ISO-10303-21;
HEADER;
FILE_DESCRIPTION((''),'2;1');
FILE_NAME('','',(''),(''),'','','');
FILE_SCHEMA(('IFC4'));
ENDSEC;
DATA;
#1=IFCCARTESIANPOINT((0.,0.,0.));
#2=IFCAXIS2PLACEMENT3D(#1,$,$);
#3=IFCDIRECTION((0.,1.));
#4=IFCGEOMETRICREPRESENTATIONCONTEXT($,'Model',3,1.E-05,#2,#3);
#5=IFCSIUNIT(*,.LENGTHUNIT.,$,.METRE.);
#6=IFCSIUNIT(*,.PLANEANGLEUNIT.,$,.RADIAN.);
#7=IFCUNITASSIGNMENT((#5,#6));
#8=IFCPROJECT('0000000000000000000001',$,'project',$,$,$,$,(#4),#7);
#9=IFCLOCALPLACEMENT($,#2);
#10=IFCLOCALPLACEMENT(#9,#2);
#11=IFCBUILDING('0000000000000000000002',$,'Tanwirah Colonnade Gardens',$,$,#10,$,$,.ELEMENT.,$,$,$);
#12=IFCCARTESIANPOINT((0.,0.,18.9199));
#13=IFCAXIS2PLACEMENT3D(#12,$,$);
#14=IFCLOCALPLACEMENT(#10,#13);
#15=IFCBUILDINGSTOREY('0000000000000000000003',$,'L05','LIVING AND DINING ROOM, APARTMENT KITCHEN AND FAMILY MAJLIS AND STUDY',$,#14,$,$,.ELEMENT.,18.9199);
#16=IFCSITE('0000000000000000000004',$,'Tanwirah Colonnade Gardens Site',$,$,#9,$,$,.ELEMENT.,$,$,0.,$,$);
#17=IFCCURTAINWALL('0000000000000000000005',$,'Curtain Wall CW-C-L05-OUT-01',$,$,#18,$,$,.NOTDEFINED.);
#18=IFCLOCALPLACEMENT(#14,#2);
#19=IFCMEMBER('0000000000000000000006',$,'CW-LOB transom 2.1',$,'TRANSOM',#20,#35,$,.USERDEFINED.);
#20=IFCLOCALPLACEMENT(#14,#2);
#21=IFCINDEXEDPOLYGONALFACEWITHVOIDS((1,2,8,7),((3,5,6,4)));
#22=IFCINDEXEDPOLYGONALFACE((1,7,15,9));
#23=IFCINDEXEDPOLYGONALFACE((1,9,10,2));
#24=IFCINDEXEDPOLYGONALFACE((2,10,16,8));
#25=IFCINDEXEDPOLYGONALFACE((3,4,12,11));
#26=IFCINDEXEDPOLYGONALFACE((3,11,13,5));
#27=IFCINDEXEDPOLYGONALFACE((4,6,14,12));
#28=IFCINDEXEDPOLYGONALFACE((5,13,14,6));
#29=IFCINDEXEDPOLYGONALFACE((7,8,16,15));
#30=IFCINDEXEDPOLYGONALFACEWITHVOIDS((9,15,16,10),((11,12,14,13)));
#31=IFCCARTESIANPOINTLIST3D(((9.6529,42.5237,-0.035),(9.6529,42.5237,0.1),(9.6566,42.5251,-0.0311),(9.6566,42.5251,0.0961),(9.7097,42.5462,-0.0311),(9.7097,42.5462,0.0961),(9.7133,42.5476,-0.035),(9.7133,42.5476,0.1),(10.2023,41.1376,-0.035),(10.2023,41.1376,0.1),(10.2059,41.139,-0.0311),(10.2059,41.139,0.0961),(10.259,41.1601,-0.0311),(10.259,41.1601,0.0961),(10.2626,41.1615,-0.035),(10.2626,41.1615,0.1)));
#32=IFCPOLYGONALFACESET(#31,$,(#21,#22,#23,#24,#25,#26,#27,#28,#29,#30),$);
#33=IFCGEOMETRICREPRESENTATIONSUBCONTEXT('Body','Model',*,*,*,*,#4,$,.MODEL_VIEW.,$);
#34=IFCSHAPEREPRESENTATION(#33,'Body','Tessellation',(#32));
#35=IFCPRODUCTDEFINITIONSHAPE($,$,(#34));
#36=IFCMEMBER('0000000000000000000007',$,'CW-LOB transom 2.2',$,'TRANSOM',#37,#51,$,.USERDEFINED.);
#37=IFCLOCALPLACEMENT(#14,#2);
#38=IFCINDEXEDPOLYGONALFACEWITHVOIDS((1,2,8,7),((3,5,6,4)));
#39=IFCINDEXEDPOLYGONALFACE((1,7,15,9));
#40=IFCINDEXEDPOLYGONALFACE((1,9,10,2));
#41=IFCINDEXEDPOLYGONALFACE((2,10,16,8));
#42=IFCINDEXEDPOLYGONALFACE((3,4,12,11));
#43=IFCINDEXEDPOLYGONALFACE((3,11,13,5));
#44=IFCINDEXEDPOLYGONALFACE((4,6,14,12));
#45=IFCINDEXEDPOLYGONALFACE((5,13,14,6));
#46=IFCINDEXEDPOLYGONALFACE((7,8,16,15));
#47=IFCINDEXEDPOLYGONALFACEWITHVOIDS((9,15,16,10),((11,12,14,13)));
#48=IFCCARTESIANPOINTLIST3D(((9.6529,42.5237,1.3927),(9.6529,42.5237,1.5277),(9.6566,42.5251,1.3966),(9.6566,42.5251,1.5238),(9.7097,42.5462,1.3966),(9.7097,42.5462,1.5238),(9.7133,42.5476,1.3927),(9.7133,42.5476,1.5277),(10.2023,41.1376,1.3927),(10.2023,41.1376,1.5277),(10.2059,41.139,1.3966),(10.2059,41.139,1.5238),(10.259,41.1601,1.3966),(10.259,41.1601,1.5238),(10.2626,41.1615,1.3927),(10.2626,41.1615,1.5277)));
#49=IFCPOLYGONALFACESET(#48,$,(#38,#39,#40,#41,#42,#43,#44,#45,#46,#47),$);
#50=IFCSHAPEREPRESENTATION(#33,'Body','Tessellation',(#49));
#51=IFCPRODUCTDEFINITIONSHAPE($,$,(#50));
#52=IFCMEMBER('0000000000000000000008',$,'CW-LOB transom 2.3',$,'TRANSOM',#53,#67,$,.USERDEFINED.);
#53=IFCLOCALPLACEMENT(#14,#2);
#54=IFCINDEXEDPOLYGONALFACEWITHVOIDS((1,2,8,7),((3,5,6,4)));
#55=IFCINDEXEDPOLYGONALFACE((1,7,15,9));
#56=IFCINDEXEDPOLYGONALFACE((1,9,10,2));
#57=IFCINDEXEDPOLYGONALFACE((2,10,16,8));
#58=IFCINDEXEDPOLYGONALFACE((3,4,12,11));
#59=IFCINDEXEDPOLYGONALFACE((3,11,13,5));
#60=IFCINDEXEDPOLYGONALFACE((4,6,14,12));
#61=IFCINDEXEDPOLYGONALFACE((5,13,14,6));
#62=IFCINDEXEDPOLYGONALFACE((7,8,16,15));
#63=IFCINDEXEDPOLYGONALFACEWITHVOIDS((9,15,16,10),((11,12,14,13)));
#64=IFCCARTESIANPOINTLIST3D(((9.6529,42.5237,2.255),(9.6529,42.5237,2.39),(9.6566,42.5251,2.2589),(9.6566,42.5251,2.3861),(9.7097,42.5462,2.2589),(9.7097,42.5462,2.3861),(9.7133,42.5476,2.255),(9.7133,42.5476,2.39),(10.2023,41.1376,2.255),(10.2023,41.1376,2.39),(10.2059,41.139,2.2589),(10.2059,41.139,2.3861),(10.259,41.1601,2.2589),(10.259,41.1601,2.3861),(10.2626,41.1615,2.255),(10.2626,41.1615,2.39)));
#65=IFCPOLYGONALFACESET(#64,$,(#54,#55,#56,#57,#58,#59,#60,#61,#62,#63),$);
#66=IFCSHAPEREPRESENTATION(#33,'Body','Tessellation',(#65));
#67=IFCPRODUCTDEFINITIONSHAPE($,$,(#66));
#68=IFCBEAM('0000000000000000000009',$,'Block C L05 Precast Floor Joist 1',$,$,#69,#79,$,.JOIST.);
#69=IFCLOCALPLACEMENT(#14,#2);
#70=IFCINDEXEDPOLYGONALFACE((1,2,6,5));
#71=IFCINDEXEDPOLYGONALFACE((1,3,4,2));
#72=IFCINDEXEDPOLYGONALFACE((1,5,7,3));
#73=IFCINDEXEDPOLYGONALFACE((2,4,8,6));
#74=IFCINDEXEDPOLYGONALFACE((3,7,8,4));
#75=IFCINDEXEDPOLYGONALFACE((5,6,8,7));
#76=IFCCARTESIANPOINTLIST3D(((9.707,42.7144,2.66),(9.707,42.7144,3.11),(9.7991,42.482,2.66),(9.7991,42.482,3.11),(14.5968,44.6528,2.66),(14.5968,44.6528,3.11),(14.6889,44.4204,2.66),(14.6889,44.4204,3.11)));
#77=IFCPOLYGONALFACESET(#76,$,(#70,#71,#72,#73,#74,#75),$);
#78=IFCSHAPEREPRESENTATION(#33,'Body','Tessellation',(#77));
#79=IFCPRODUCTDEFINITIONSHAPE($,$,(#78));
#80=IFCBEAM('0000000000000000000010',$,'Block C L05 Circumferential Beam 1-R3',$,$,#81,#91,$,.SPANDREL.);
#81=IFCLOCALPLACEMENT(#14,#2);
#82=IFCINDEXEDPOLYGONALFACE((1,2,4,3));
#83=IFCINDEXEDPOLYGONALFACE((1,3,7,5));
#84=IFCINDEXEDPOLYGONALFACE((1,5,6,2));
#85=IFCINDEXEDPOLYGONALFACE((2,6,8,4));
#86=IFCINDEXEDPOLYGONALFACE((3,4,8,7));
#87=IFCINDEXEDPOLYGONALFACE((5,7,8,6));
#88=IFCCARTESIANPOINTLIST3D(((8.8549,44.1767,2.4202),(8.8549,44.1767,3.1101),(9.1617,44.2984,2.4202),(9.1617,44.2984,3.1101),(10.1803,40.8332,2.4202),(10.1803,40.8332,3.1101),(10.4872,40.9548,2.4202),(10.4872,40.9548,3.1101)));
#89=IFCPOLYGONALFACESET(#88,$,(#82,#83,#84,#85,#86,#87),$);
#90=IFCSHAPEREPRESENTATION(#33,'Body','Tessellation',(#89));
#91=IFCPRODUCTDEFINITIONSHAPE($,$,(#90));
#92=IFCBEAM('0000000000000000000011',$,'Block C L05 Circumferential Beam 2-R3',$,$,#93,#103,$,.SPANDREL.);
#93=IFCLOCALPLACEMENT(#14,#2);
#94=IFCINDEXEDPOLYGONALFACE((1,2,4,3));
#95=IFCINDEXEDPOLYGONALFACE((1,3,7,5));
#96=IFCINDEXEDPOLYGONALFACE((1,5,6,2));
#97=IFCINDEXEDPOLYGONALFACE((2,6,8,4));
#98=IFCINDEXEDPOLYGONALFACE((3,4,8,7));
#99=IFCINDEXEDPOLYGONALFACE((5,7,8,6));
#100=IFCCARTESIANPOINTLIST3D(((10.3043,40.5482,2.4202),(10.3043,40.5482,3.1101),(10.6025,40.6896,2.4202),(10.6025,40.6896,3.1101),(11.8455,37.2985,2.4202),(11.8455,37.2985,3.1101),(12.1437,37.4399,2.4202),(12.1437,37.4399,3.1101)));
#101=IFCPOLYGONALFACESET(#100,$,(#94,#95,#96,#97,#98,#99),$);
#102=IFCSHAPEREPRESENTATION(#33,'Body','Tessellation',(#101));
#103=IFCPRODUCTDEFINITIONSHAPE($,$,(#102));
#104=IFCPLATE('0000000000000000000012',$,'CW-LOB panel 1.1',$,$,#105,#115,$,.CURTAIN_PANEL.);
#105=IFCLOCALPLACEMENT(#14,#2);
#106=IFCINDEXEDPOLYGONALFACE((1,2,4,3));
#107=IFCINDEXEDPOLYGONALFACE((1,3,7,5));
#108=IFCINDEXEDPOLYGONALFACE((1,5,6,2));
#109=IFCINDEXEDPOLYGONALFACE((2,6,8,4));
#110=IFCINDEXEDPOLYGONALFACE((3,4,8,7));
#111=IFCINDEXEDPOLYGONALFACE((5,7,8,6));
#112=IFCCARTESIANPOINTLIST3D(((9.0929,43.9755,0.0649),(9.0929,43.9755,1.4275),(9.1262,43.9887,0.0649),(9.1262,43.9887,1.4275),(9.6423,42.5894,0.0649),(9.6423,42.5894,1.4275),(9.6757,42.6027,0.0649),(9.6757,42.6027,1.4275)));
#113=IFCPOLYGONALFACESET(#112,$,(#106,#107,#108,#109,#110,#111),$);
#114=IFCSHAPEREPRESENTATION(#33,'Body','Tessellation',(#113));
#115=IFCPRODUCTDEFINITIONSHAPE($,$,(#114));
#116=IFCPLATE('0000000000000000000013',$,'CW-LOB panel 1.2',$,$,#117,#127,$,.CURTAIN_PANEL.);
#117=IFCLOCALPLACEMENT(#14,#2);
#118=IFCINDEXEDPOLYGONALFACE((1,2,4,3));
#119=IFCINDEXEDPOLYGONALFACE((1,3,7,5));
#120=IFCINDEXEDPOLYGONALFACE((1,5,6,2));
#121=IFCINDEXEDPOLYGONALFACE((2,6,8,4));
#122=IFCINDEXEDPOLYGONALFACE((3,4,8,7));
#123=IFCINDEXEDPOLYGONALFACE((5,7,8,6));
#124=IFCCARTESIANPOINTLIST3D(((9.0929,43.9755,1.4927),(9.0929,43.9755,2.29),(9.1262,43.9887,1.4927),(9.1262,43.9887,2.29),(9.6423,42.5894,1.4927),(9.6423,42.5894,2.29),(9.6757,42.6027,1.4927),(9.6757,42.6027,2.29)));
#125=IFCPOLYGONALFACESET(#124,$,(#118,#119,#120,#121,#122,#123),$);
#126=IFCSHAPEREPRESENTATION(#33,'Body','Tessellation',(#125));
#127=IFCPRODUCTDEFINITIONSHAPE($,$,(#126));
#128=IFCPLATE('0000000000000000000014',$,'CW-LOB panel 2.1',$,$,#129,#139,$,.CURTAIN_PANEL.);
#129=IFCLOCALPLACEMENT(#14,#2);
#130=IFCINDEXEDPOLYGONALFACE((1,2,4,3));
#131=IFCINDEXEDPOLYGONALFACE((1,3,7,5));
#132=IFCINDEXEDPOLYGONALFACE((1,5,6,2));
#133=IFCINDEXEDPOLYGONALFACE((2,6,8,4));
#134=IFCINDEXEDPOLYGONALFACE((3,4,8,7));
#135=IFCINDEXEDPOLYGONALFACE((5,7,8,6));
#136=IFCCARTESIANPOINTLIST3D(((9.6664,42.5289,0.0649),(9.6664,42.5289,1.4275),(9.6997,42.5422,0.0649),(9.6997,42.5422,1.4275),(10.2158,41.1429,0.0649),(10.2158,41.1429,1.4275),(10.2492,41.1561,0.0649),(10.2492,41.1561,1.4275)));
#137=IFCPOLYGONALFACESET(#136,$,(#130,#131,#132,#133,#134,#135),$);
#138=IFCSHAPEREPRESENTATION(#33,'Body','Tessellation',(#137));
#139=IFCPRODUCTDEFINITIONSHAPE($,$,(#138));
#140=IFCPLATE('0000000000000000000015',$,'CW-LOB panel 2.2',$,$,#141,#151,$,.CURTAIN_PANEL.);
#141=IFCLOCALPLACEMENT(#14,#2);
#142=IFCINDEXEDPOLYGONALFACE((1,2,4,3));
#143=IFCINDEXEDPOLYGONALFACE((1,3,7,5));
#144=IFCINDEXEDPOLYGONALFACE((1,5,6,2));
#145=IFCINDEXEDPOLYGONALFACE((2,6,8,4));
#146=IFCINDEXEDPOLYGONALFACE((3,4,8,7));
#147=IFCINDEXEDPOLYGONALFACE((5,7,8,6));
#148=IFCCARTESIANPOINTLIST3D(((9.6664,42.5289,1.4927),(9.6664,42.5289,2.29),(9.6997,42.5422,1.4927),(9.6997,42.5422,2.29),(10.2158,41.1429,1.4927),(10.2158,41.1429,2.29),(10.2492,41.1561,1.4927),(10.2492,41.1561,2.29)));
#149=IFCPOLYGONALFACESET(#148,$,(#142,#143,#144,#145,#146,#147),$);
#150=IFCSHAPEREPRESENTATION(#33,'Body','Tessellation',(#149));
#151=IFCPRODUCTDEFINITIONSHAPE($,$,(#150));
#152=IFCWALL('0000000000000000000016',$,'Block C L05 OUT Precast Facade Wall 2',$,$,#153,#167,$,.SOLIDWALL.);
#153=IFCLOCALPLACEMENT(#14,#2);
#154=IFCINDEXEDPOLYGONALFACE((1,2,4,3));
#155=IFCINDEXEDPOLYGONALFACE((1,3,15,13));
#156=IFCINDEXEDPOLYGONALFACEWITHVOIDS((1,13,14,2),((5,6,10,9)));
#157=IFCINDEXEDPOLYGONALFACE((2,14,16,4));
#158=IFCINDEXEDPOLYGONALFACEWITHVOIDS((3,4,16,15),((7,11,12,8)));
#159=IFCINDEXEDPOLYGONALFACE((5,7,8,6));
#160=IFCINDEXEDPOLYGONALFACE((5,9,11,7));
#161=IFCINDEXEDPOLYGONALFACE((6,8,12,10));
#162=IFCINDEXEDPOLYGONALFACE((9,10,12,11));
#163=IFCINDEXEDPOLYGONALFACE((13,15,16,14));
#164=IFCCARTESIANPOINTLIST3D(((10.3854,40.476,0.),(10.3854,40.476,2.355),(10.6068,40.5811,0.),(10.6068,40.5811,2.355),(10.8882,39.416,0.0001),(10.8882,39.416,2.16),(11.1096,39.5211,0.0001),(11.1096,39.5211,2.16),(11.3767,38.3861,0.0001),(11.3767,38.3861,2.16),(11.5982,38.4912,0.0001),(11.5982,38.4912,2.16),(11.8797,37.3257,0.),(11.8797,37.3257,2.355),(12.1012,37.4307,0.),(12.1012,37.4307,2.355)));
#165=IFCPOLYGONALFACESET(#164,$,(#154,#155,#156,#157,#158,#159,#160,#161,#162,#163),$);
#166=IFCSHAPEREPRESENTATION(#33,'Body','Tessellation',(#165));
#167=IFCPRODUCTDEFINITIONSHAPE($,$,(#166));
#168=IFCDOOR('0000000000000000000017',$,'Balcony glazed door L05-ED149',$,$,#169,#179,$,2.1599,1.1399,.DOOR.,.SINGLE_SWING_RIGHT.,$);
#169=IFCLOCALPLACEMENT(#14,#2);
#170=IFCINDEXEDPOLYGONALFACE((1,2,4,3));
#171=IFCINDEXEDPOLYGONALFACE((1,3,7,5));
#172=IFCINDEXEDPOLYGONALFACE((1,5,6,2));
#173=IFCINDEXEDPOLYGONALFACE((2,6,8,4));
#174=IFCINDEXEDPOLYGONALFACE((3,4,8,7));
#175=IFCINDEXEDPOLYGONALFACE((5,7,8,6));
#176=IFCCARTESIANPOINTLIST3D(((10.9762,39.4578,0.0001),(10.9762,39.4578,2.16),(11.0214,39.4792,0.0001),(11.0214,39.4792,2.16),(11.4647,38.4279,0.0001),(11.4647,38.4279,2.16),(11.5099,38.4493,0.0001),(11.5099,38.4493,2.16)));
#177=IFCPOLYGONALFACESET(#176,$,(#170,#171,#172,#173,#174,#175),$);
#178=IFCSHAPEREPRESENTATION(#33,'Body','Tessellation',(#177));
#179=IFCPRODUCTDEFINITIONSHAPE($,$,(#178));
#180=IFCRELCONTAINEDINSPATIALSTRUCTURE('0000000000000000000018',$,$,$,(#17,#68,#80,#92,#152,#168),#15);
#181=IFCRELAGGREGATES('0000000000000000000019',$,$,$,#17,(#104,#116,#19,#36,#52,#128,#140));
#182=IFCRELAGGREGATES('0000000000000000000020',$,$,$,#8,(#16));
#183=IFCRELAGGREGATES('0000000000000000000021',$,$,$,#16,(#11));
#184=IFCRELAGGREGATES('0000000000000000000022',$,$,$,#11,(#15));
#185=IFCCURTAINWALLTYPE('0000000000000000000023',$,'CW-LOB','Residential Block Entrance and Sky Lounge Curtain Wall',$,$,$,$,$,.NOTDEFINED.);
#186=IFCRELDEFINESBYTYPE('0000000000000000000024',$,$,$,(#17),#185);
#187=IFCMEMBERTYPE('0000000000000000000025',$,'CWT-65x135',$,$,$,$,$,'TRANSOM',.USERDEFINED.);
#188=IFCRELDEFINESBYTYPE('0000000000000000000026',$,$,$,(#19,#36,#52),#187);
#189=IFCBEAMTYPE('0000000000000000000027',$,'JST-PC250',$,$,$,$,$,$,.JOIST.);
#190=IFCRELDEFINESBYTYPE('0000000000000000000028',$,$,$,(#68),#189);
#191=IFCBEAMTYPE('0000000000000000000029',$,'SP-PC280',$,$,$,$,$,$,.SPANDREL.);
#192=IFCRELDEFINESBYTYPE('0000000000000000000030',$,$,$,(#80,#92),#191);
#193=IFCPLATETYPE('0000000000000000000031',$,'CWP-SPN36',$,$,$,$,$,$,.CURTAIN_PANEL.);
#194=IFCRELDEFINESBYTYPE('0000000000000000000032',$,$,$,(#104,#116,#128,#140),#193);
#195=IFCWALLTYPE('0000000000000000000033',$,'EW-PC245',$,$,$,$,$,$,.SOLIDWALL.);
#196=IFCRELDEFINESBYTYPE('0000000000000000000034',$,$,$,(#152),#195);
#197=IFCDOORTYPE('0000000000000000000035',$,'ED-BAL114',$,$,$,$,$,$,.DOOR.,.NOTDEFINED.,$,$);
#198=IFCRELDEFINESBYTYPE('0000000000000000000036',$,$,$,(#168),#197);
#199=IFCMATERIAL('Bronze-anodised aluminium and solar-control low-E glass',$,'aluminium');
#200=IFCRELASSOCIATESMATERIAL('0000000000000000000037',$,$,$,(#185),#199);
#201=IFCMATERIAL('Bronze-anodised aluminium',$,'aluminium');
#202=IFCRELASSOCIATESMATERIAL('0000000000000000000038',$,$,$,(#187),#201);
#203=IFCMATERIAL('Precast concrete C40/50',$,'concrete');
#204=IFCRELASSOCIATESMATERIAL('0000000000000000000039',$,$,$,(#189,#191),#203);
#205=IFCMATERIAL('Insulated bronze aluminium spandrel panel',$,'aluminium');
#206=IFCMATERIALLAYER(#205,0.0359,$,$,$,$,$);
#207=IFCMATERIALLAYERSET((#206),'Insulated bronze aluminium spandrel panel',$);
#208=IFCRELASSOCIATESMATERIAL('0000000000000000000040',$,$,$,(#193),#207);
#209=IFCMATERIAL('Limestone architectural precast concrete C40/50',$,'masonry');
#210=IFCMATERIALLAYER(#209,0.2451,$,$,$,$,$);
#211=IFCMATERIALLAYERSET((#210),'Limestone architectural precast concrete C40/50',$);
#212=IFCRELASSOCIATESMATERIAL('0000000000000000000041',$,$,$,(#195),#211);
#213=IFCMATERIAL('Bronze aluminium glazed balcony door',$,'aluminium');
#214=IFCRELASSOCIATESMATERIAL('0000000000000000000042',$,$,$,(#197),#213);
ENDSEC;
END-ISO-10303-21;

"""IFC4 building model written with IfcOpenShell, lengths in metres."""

from ifc_helpers import new_model, si_unit, direction, frame, frame_2d, origin, origin_2d, place, context, subcontext, project, spatial, rectangle, hollow_rectangle, extrude, material, layer, layer_set, material_profile, profile_set, type_object, element, fill, aggregate, save


model = new_model("IFC4")

# Units and contexts
model_context = context("Model", 3, precision=1e-05, world=origin(), true_north=direction((0.0, 1.0)))
body_context = subcontext(model_context, "Body", "Model", "MODEL_VIEW")
ifc_project = project(units=[si_unit("LENGTHUNIT", "METRE"), si_unit("PLANEANGLEUNIT", "RADIAN")], contexts=[model_context])

# Site, building, storey
site_placement = place(None, origin())
site = spatial("IfcSite", under=ifc_project, at=site_placement, Name="Tanwirah Colonnade Gardens Site", CompositionType="ELEMENT", RefElevation=0.0)
building_placement = place(site_placement, origin())
building = spatial("IfcBuilding", under=site, at=building_placement, Name="Tanwirah Colonnade Gardens", CompositionType="ELEMENT")
storey_placement = place(building_placement, frame((0.0, 0.0, 18.9199)))
storey = spatial("IfcBuildingStorey", under=building, at=storey_placement, Name="L05", Description="LIVING AND DINING ROOM, APARTMENT KITCHEN AND FAMILY MAJLIS AND STUDY", CompositionType="ELEMENT", Elevation=18.9199)

# Shared definitions
ifc_material_1 = material(Name="Precast concrete C40/50", Category="concrete")

# Curtain wall, members
ifc_material_2 = material(Name="Bronze-anodised aluminium and solar-control low-E glass", Category="aluminium")
curtain_wall_type = type_object("IfcCurtainWallType", Name="CW-LOB", Description="Residential Block Entrance and Sky Lounge Curtain Wall", PredefinedType="NOTDEFINED", material=ifc_material_2)
curtain_wall_placement = place(storey_placement, origin())
curtain_wall = element("IfcCurtainWall", 1, at=curtain_wall_placement, inside=storey, type_object=curtain_wall_type, Name="Curtain Wall CW-C-L05-OUT-01", PredefinedType="NOTDEFINED")
ifc_material_3 = material(Name="Bronze-anodised aluminium", Category="aluminium")
ifc_material_profile_1 = material_profile(ifc_material_3, hollow_rectangle(XDim=0.0649, YDim=0.135, WallThickness=0.0039, at=origin_2d()), Name="CW-TRN 65x135x4")
ifc_profile_set_1 = profile_set([ifc_material_profile_1], Name="Bronze-anodised aluminium")
member_type_1 = type_object("IfcMemberType", Name="CWT-65x135", ElementType="TRANSOM", PredefinedType="USERDEFINED", material=ifc_profile_set_1)
member_1_placement = place(storey_placement, frame((9.6831, 42.5356, 0.0325), z_axis=(0.368452, -0.929647, 0.0), x_axis=(0.929647, 0.368452, 0.0)))
member_1 = element("IfcMember", 2, at=member_1_placement, type_object=member_type_1, Name="CW-LOB transom 2.1", ObjectType="TRANSOM", PredefinedType="USERDEFINED", context=body_context, shape_type="SweptSolid", body=[
    extrude(hollow_rectangle(XDim=0.0649, YDim=0.135, WallThickness=0.0039, at=origin_2d()), origin(), (0.0, 0.0, 1.0), 1.491),
])
member_2_placement = place(storey_placement, frame((9.6831, 42.5356, 1.4602), z_axis=(0.368452, -0.929647, 0.0), x_axis=(0.929647, 0.368452, 0.0)))
member_2 = element("IfcMember", 3, at=member_2_placement, type_object=member_type_1, Name="CW-LOB transom 2.2", ObjectType="TRANSOM", PredefinedType="USERDEFINED", context=body_context, shape_type="SweptSolid", body=[
    extrude(hollow_rectangle(XDim=0.0649, YDim=0.135, WallThickness=0.0039, at=origin_2d()), origin(), (0.0, 0.0, 1.0), 1.491),
])
member_3_placement = place(storey_placement, frame((9.6831, 42.5356, 2.3225), z_axis=(0.368452, -0.929647, 0.0), x_axis=(0.929647, 0.368452, 0.0)))
member_3 = element("IfcMember", 4, at=member_3_placement, type_object=member_type_1, Name="CW-LOB transom 2.3", ObjectType="TRANSOM", PredefinedType="USERDEFINED", context=body_context, shape_type="SweptSolid", body=[
    extrude(hollow_rectangle(XDim=0.0649, YDim=0.135, WallThickness=0.0039, at=origin_2d()), origin(), (0.0, 0.0, 1.0), 1.491),
])

# Beams
ifc_material_profile_2 = material_profile(ifc_material_1, rectangle(XDim=0.25, YDim=0.45, at=origin_2d()), Name="PC-JST 250x450")
ifc_profile_set_2 = profile_set([ifc_material_profile_2], Name="Precast concrete C40/50")
beam_type_1 = type_object("IfcBeamType", Name="JST-PC250", PredefinedType="JOIST", material=ifc_profile_set_2)
beam_1_placement = place(storey_placement, frame((14.6428, 44.5366, 2.885), z_axis=(-0.929618, -0.368524, 0.0), x_axis=(0.368524, -0.929618, 0.0)))
element("IfcBeam", 5, at=beam_1_placement, inside=storey, type_object=beam_type_1, Name="Block C L05 Precast Floor Joist 1", PredefinedType="JOIST", context=body_context, shape_type="SweptSolid", body=[
    extrude(rectangle(XDim=0.25, YDim=0.45, at=origin_2d()), origin(), (0.0, 0.0, 1.0), 5.26),
])
ifc_material_profile_3 = material_profile(ifc_material_1, rectangle(XDim=0.3301, YDim=0.6899, at=origin_2d()), Name="PC-SP 330x690")
ifc_profile_set_3 = profile_set([ifc_material_profile_3], Name="Precast concrete C40/50")
beam_type_2 = type_object("IfcBeamType", Name="SP-PC280", PredefinedType="SPANDREL", material=ifc_profile_set_3)
for number, where, z_axis, x_axis, name in (
    (6, (9.0083, 44.2375, 2.7651), (0.368522, -0.929619, 0.0), (0.929619, 0.368522, 0.0), "Block C L05 Circumferential Beam 1-R3"),
    (7, (10.4534, 40.6189, 2.7651), (0.428518, -0.903533, 0.0), (0.903533, 0.428518, 0.0), "Block C L05 Circumferential Beam 2-R3"),
):
    element("IfcBeam", number, at=place(storey_placement, frame(where, z_axis=z_axis, x_axis=x_axis)), inside=storey, type_object=beam_type_2, Name=name, PredefinedType="SPANDREL", context=body_context, shape_type="SweptSolid", body=[
        extrude(rectangle(XDim=0.3301, YDim=0.6899, at=origin_2d()), origin(), (0.0, 0.0, 1.0), 3.5967),
    ])

# Plates
ifc_material_4 = material(Name="Insulated bronze aluminium spandrel panel", Category="aluminium")
ifc_layer_1 = layer(ifc_material_4, 0.0359)
ifc_layer_set_1 = layer_set([ifc_layer_1], Name="Insulated bronze aluminium spandrel panel")
plate_type = type_object("IfcPlateType", Name="CWP-SPN36", PredefinedType="CURTAIN_PANEL", material=ifc_layer_set_1)
plate_1_placement = place(storey_placement, frame((9.3843, 43.2891, 0.0649), z_axis=(0.0, 0.0, 1.0), x_axis=(0.368529, -0.929616, 0.0)))
plate_1 = element("IfcPlate", 8, at=plate_1_placement, type_object=plate_type, Name="CW-LOB panel 1.1", PredefinedType="CURTAIN_PANEL", context=body_context, shape_type="SweptSolid", body=[
    extrude(rectangle(XDim=1.491, YDim=0.0359, at=origin_2d()), origin(), (0.0, 0.0, 1.0), 1.3625),
])
plate_2_placement = place(storey_placement, frame((9.3843, 43.2891, 1.4927), z_axis=(0.0, 0.0, 1.0), x_axis=(0.368529, -0.929616, 0.0)))
plate_2 = element("IfcPlate", 9, at=plate_2_placement, type_object=plate_type, Name="CW-LOB panel 1.2", PredefinedType="CURTAIN_PANEL", context=body_context, shape_type="SweptSolid", body=[
    extrude(rectangle(XDim=1.491, YDim=0.0359, at=origin_2d()), origin(), (0.0, 0.0, 1.0), 0.7974),
])
plate_3_placement = place(storey_placement, frame((9.9578, 41.8425, 0.0649), z_axis=(0.0, 0.0, 1.0), x_axis=(0.368529, -0.929616, 0.0)))
plate_3 = element("IfcPlate", 10, at=plate_3_placement, type_object=plate_type, Name="CW-LOB panel 2.1", PredefinedType="CURTAIN_PANEL", context=body_context, shape_type="SweptSolid", body=[
    extrude(rectangle(XDim=1.491, YDim=0.0359, at=origin_2d()), origin(), (0.0, 0.0, 1.0), 1.3625),
])
plate_4_placement = place(storey_placement, frame((9.9578, 41.8425, 1.4927), z_axis=(0.0, 0.0, 1.0), x_axis=(0.368529, -0.929616, 0.0)))
plate_4 = element("IfcPlate", 11, at=plate_4_placement, type_object=plate_type, Name="CW-LOB panel 2.2", PredefinedType="CURTAIN_PANEL", context=body_context, shape_type="SweptSolid", body=[
    extrude(rectangle(XDim=1.491, YDim=0.0359, at=origin_2d()), origin(), (0.0, 0.0, 1.0), 0.7974),
])
aggregate(curtain_wall, [plate_1, plate_2, member_1, member_2, member_3, plate_3, plate_4])

# Wall, opening, door
ifc_material_5 = material(Name="Limestone architectural precast concrete C40/50", Category="masonry")
ifc_layer_2 = layer(ifc_material_5, 0.2451)
ifc_layer_set_2 = layer_set([ifc_layer_2], Name="Limestone architectural precast concrete C40/50")
wall_type_1 = type_object("IfcWallType", Name="EW-PC245", PredefinedType="SOLIDWALL", material=ifc_layer_set_2)
wall_1_placement = place(storey_placement, frame((10.4961, 40.5286, 0.0), z_axis=(0.0, 0.0, 1.0), x_axis=(0.428577, -0.903505, 0.0)))
wall_1 = element("IfcWall", 12, at=wall_1_placement, inside=storey, type_object=wall_type_1, Name="Block C L05 OUT Precast Facade Wall 2", PredefinedType="SOLIDWALL", context=body_context, shape_type="SweptSolid", body=[
    extrude(rectangle(XDim=3.4868, YDim=0.2451, at=frame_2d((1.7434, 0.0))), origin(), (0.0, 0.0, 1.0), 2.355),
])
opening_placement = place(wall_1_placement, frame((1.1733, 0.0, 0.0)))
opening = element("IfcOpeningElement", 13, at=opening_placement, cuts=wall_1, PredefinedType="OPENING", context=body_context, shape_type="SweptSolid", body=[
    extrude(rectangle(XDim=1.1399, YDim=2.1599, at=frame_2d((0.5698, 1.0801))), frame((0.0, 0.1326, 0.0), z_axis=(0.0, -1.0, 0.0), x_axis=(1.0, 0.0, 0.0)), (0.0, 0.0, 1.0), 0.2651),
])
ifc_material_6 = material(Name="Bronze aluminium glazed balcony door", Category="aluminium")
door_type = type_object("IfcDoorType", Name="ED-BAL114", OperationType="NOTDEFINED", PredefinedType="DOOR", material=ifc_material_6)
door_placement = place(opening_placement, origin())
door = element("IfcDoor", 14, at=door_placement, inside=storey, type_object=door_type, Name="Balcony glazed door L05-ED149", OperationType="SINGLE_SWING_RIGHT", OverallHeight=2.1599, OverallWidth=1.1399, PredefinedType="DOOR", context=body_context, shape_type="SweptSolid", body=[
    extrude(rectangle(XDim=1.1399, YDim=2.1599, at=frame_2d((0.5698, 1.0801))), frame((0.0, 0.0249, 0.0), z_axis=(0.0, -1.0, 0.0), x_axis=(1.0, 0.0, 0.0)), (0.0, 0.0, 1.0), 0.05),
])
fill(opening, door)

save(model, "model.ifc")
